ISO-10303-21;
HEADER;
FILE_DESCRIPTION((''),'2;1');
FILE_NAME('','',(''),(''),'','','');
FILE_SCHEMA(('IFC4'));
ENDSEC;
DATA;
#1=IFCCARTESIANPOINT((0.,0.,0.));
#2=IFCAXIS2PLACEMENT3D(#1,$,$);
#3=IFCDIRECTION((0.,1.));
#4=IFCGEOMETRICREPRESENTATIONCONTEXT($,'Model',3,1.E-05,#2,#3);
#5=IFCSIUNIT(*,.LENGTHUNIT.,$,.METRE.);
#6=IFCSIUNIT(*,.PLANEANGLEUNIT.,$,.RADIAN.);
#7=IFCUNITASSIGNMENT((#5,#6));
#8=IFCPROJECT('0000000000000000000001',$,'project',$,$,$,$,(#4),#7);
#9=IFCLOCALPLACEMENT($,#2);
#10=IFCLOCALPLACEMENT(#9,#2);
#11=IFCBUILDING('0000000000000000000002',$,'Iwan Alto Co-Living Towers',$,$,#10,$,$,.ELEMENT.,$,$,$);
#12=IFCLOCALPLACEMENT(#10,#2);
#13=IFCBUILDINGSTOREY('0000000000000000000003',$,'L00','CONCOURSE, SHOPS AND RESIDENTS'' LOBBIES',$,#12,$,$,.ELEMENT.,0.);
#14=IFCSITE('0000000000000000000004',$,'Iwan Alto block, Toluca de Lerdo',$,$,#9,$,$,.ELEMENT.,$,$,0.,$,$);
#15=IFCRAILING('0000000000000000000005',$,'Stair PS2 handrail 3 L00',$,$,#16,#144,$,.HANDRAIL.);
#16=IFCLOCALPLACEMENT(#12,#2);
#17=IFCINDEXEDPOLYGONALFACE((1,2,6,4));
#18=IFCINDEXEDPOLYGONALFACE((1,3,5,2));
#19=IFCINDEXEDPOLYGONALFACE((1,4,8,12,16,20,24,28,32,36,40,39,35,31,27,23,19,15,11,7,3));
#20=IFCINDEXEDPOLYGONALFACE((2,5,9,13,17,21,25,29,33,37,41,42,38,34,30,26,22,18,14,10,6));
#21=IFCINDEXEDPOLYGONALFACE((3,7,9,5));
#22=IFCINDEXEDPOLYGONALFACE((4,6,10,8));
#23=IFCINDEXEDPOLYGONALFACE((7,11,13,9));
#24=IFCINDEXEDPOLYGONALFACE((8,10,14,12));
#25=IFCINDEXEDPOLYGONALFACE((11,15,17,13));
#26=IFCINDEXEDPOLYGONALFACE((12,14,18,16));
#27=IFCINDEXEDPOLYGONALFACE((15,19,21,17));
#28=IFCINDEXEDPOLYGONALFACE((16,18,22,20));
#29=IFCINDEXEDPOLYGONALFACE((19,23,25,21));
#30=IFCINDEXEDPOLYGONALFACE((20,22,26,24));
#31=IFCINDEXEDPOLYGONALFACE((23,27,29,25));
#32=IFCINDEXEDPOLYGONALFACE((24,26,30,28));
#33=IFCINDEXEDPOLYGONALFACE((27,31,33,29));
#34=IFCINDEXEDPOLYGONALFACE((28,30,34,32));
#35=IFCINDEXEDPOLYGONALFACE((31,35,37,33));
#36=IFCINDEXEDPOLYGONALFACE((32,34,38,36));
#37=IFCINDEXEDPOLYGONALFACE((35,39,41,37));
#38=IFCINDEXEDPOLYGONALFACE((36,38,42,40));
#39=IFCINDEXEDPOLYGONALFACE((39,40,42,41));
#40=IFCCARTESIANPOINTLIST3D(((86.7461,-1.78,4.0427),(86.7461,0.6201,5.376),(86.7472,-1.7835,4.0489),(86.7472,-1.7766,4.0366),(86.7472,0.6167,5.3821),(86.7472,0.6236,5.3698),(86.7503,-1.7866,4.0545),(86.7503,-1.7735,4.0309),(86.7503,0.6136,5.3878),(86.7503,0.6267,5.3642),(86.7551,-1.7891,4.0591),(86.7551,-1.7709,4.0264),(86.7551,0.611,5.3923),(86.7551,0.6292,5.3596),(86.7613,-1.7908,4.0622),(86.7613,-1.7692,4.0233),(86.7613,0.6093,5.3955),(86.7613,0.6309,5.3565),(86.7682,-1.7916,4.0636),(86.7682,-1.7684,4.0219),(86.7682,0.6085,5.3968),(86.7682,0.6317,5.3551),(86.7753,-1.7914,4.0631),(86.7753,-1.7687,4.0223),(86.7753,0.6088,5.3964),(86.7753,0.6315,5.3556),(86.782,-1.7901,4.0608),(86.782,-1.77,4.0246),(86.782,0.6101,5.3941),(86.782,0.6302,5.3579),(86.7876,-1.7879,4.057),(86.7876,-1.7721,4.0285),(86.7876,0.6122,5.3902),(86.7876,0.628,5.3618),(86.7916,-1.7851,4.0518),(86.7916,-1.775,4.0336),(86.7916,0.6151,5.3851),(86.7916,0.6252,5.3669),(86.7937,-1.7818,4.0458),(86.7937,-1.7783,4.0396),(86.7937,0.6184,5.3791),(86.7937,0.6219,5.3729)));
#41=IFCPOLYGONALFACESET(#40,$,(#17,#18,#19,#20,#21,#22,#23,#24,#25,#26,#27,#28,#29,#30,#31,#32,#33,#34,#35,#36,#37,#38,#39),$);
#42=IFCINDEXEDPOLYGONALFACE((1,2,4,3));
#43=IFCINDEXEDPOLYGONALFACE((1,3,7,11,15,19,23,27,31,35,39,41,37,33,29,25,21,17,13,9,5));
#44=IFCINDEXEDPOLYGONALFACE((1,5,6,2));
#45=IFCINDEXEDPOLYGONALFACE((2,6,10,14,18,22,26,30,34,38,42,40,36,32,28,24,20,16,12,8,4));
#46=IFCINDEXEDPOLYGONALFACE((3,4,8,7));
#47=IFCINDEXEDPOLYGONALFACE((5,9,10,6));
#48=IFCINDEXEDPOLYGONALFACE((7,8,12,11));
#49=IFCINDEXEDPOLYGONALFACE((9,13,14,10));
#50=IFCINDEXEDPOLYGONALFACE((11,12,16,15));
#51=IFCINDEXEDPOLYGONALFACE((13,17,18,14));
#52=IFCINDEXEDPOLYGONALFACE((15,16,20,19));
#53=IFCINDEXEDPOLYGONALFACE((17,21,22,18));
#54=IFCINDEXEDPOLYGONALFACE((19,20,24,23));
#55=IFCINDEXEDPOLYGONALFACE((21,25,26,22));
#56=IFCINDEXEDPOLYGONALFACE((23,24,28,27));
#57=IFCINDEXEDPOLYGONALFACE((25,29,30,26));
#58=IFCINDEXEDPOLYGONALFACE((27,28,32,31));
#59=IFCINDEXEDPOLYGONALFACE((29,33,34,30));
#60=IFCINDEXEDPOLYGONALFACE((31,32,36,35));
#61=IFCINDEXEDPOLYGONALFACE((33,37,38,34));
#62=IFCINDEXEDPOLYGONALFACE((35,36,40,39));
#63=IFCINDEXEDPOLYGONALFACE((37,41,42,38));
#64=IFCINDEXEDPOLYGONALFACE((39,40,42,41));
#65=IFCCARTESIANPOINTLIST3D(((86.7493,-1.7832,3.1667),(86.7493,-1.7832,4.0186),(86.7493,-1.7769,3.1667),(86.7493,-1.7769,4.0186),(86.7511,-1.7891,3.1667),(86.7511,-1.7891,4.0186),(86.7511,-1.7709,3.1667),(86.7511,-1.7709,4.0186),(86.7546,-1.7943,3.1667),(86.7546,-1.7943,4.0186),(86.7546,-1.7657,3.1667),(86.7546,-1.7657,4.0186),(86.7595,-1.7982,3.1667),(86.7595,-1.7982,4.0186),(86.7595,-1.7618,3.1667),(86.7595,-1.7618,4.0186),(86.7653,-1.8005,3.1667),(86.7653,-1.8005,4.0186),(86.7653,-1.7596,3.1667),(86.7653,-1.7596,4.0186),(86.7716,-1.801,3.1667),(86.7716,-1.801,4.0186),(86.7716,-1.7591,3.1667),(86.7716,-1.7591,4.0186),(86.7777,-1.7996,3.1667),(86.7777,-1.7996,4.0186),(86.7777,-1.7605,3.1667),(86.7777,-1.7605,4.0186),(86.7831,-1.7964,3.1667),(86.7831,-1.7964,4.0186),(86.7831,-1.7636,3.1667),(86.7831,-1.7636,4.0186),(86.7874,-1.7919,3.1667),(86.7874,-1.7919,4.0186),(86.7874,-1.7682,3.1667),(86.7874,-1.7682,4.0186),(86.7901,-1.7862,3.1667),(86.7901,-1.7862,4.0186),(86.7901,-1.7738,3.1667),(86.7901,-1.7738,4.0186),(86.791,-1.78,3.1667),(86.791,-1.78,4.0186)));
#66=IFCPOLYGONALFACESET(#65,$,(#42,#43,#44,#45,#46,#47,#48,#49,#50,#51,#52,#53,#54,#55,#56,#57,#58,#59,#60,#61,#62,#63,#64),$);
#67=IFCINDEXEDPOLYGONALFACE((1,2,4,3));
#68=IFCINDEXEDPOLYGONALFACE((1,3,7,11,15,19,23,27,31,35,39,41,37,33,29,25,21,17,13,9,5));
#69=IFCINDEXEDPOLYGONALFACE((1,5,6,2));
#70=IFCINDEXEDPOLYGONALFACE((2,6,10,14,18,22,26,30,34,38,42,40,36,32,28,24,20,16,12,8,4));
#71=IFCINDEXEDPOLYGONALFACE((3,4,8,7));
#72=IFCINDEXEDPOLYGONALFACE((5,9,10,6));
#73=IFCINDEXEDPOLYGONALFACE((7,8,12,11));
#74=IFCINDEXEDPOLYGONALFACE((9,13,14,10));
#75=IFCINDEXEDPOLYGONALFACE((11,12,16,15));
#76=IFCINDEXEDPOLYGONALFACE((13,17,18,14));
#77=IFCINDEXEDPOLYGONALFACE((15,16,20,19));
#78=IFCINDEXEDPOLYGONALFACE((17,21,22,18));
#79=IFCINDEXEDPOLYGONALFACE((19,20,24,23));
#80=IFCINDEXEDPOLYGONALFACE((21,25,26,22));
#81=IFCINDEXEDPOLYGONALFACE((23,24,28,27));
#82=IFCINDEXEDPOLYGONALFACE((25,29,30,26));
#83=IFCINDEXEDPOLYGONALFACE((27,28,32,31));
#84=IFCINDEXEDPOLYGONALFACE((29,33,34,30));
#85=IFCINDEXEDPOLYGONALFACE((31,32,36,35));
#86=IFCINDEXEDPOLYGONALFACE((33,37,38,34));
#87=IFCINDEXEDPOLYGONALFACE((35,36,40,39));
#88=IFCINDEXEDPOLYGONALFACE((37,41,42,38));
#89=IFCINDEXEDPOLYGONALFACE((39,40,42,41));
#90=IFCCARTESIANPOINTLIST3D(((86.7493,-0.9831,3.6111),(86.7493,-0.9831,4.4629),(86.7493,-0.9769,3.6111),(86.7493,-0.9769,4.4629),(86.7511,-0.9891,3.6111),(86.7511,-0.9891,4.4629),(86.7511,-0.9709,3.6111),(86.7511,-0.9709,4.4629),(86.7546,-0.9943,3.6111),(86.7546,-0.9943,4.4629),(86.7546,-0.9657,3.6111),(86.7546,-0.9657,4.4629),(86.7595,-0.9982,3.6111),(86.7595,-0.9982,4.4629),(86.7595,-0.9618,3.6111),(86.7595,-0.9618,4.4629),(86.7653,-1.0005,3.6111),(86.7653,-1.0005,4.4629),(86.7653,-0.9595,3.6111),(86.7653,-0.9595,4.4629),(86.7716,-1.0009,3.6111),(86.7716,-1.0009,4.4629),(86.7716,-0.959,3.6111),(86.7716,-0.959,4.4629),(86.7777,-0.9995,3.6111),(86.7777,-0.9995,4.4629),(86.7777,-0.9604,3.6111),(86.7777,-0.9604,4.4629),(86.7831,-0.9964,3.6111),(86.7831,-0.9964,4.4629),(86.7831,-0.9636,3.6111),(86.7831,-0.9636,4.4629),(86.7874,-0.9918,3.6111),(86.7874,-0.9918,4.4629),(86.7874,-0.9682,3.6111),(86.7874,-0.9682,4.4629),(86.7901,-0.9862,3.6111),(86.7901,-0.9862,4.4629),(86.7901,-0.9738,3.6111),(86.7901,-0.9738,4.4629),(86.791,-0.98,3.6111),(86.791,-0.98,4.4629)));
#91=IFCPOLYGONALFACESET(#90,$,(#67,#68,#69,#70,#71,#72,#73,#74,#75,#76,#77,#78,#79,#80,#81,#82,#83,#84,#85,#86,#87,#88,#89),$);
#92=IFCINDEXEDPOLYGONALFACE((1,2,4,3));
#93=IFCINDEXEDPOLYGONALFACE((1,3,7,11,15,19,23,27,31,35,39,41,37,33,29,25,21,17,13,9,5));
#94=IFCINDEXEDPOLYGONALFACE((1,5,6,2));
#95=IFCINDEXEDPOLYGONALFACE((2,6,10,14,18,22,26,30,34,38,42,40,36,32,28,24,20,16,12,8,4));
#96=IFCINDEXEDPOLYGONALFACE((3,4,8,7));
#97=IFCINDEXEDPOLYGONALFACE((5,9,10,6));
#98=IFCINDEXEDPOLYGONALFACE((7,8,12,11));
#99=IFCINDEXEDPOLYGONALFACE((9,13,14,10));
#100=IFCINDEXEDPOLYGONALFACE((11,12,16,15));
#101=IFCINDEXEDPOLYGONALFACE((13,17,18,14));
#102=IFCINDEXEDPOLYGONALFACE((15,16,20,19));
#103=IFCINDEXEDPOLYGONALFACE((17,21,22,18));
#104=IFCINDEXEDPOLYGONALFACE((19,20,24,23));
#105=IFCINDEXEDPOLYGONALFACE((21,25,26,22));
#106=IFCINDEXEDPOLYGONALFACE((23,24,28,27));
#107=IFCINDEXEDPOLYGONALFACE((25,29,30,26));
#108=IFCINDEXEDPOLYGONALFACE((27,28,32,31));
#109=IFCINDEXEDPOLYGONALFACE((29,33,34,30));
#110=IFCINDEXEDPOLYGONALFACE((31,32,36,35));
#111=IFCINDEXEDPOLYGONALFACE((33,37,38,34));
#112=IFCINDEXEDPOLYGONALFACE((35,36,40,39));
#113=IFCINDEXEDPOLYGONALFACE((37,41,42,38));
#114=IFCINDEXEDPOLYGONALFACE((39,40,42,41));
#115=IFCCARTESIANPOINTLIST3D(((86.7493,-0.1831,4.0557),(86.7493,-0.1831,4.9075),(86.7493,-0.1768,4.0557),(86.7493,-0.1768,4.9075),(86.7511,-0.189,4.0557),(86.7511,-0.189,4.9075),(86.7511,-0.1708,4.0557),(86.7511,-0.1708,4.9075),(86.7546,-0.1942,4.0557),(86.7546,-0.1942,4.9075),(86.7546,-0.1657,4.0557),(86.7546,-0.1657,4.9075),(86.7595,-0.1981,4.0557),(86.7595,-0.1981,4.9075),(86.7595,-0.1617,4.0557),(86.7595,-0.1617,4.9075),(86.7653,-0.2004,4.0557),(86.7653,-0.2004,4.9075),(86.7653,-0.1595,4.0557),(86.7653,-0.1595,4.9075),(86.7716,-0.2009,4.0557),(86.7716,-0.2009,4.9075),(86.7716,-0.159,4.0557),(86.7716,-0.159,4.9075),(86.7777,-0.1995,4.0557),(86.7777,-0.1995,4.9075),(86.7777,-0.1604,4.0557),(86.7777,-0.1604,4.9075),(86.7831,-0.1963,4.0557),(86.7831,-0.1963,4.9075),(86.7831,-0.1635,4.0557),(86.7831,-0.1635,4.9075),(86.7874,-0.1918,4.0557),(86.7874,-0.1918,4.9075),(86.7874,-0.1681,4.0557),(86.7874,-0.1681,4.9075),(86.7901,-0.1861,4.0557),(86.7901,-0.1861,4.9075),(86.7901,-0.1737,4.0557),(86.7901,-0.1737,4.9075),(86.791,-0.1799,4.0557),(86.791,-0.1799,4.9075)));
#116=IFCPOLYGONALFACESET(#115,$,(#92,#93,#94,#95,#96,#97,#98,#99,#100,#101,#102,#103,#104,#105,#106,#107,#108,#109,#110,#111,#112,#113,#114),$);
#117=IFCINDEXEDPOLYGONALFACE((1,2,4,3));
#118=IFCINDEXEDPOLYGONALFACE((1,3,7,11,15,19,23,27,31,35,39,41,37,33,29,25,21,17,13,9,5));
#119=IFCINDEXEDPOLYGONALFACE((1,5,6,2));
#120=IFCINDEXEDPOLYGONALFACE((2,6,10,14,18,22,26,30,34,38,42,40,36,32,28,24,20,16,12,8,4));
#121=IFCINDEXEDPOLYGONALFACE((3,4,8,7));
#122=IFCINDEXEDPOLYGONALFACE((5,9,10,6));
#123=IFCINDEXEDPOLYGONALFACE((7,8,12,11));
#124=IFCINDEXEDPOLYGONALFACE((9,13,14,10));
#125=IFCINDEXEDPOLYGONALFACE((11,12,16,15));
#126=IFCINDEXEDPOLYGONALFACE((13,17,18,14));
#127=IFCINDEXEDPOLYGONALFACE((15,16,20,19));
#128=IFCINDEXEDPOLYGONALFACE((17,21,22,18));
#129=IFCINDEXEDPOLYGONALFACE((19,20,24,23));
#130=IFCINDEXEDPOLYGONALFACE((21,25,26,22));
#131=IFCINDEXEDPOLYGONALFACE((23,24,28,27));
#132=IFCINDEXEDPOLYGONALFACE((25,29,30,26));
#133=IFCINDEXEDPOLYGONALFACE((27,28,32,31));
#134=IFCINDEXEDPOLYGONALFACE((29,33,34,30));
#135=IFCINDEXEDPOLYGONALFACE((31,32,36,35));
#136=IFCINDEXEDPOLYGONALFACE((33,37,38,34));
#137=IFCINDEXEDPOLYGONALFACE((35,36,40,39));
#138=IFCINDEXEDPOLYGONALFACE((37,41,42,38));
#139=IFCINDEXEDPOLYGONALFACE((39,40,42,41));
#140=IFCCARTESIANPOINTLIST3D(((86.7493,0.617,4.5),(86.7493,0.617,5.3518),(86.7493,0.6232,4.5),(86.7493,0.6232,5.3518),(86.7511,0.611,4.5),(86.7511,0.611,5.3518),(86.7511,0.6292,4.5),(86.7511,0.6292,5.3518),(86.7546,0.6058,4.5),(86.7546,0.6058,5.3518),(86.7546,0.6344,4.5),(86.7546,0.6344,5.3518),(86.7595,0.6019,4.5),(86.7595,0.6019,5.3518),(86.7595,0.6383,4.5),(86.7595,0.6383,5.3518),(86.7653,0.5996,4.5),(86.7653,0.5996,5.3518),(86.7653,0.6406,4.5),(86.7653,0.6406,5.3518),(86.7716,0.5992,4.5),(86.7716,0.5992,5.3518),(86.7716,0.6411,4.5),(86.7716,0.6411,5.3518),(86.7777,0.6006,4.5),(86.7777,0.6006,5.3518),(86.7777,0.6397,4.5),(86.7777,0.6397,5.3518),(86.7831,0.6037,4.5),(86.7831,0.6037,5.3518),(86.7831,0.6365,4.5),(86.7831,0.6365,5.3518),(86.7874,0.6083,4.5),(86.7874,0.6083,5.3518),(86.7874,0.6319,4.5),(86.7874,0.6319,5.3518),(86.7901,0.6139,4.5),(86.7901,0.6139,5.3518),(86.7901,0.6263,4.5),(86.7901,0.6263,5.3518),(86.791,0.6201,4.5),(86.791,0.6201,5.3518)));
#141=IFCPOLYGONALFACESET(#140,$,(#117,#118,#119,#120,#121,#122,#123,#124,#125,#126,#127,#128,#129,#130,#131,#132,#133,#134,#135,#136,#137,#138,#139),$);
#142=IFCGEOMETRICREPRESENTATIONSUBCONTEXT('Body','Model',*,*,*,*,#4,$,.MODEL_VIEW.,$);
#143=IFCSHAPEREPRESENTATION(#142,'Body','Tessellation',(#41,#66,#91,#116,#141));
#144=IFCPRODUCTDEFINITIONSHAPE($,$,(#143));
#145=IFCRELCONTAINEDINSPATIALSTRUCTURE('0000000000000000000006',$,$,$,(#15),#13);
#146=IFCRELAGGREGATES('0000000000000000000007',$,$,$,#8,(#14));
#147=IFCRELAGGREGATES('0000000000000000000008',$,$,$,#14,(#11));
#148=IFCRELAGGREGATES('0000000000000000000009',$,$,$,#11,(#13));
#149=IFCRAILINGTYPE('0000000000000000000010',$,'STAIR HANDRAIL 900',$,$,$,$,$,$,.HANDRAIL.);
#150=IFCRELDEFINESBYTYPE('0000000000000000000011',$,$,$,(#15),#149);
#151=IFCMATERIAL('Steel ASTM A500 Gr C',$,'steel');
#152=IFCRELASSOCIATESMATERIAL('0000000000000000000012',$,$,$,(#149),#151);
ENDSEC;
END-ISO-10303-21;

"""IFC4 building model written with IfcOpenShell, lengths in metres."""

from ifc_helpers import new_model, si_unit, direction, frame, origin, origin_2d, place, context, subcontext, project, spatial, circle, extrude, material, type_object, element, save


model = new_model("IFC4")

# Units and contexts
model_context = context("Model", 3, precision=1e-05, world=origin(), true_north=direction((0.0, 1.0)))
body_context = subcontext(model_context, "Body", "Model", "MODEL_VIEW")
ifc_project = project(units=[si_unit("LENGTHUNIT", "METRE"), si_unit("PLANEANGLEUNIT", "RADIAN")], contexts=[model_context])

# Site, building, storey
site_placement = place(None, origin())
site = spatial("IfcSite", under=ifc_project, at=site_placement, Name="Iwan Alto block, Toluca de Lerdo", CompositionType="ELEMENT", RefElevation=0.0)
building_placement = place(site_placement, origin())
building = spatial("IfcBuilding", under=site, at=building_placement, Name="Iwan Alto Co-Living Towers", CompositionType="ELEMENT")
storey_placement = place(building_placement, origin())
storey = spatial("IfcBuildingStorey", under=building, at=storey_placement, Name="L00", Description="CONCOURSE, SHOPS AND RESIDENTS' LOBBIES", CompositionType="ELEMENT", Elevation=0.0)

# Railing
ifc_material_1 = material(Name="Steel ASTM A500 Gr C", Category="steel")
railing_type_1 = type_object("IfcRailingType", Name="STAIR HANDRAIL 900", PredefinedType="HANDRAIL", material=ifc_material_1)
for number, where, name in (
    (1, (86.77, -1.78, 3.1667), "Stair PS2 handrail 3 L00"),
):
    element("IfcRailing", number, at=place(storey_placement, frame(where)), inside=storey, type_object=railing_type_1, Name=name, PredefinedType="HANDRAIL", context=body_context, shape_type="SweptSolid", body=[
        extrude(circle(Radius=0.0239, at=origin_2d()), frame((0.0, 0.0, 0.876), z_axis=(0.0, 0.874182, 0.485598), x_axis=(-1.0, 0.0, 0.0)), (0.0, 0.0, 1.0), 2.7456),
        extrude(circle(Radius=0.021, at=origin_2d()), origin(), (0.0, 0.0, 1.0), 0.8518),
        extrude(circle(Radius=0.021, at=origin_2d()), frame((0.0, 0.8, 0.4443)), (0.0, 0.0, 1.0), 0.8518),
        extrude(circle(Radius=0.021, at=origin_2d()), frame((0.0, 1.6001, 0.8889)), (0.0, 0.0, 1.0), 0.8518),
        extrude(circle(Radius=0.021, at=origin_2d()), frame((0.0, 2.4001, 1.3333)), (0.0, 0.0, 1.0), 0.8518),
    ])

save(model, "model.ifc")
